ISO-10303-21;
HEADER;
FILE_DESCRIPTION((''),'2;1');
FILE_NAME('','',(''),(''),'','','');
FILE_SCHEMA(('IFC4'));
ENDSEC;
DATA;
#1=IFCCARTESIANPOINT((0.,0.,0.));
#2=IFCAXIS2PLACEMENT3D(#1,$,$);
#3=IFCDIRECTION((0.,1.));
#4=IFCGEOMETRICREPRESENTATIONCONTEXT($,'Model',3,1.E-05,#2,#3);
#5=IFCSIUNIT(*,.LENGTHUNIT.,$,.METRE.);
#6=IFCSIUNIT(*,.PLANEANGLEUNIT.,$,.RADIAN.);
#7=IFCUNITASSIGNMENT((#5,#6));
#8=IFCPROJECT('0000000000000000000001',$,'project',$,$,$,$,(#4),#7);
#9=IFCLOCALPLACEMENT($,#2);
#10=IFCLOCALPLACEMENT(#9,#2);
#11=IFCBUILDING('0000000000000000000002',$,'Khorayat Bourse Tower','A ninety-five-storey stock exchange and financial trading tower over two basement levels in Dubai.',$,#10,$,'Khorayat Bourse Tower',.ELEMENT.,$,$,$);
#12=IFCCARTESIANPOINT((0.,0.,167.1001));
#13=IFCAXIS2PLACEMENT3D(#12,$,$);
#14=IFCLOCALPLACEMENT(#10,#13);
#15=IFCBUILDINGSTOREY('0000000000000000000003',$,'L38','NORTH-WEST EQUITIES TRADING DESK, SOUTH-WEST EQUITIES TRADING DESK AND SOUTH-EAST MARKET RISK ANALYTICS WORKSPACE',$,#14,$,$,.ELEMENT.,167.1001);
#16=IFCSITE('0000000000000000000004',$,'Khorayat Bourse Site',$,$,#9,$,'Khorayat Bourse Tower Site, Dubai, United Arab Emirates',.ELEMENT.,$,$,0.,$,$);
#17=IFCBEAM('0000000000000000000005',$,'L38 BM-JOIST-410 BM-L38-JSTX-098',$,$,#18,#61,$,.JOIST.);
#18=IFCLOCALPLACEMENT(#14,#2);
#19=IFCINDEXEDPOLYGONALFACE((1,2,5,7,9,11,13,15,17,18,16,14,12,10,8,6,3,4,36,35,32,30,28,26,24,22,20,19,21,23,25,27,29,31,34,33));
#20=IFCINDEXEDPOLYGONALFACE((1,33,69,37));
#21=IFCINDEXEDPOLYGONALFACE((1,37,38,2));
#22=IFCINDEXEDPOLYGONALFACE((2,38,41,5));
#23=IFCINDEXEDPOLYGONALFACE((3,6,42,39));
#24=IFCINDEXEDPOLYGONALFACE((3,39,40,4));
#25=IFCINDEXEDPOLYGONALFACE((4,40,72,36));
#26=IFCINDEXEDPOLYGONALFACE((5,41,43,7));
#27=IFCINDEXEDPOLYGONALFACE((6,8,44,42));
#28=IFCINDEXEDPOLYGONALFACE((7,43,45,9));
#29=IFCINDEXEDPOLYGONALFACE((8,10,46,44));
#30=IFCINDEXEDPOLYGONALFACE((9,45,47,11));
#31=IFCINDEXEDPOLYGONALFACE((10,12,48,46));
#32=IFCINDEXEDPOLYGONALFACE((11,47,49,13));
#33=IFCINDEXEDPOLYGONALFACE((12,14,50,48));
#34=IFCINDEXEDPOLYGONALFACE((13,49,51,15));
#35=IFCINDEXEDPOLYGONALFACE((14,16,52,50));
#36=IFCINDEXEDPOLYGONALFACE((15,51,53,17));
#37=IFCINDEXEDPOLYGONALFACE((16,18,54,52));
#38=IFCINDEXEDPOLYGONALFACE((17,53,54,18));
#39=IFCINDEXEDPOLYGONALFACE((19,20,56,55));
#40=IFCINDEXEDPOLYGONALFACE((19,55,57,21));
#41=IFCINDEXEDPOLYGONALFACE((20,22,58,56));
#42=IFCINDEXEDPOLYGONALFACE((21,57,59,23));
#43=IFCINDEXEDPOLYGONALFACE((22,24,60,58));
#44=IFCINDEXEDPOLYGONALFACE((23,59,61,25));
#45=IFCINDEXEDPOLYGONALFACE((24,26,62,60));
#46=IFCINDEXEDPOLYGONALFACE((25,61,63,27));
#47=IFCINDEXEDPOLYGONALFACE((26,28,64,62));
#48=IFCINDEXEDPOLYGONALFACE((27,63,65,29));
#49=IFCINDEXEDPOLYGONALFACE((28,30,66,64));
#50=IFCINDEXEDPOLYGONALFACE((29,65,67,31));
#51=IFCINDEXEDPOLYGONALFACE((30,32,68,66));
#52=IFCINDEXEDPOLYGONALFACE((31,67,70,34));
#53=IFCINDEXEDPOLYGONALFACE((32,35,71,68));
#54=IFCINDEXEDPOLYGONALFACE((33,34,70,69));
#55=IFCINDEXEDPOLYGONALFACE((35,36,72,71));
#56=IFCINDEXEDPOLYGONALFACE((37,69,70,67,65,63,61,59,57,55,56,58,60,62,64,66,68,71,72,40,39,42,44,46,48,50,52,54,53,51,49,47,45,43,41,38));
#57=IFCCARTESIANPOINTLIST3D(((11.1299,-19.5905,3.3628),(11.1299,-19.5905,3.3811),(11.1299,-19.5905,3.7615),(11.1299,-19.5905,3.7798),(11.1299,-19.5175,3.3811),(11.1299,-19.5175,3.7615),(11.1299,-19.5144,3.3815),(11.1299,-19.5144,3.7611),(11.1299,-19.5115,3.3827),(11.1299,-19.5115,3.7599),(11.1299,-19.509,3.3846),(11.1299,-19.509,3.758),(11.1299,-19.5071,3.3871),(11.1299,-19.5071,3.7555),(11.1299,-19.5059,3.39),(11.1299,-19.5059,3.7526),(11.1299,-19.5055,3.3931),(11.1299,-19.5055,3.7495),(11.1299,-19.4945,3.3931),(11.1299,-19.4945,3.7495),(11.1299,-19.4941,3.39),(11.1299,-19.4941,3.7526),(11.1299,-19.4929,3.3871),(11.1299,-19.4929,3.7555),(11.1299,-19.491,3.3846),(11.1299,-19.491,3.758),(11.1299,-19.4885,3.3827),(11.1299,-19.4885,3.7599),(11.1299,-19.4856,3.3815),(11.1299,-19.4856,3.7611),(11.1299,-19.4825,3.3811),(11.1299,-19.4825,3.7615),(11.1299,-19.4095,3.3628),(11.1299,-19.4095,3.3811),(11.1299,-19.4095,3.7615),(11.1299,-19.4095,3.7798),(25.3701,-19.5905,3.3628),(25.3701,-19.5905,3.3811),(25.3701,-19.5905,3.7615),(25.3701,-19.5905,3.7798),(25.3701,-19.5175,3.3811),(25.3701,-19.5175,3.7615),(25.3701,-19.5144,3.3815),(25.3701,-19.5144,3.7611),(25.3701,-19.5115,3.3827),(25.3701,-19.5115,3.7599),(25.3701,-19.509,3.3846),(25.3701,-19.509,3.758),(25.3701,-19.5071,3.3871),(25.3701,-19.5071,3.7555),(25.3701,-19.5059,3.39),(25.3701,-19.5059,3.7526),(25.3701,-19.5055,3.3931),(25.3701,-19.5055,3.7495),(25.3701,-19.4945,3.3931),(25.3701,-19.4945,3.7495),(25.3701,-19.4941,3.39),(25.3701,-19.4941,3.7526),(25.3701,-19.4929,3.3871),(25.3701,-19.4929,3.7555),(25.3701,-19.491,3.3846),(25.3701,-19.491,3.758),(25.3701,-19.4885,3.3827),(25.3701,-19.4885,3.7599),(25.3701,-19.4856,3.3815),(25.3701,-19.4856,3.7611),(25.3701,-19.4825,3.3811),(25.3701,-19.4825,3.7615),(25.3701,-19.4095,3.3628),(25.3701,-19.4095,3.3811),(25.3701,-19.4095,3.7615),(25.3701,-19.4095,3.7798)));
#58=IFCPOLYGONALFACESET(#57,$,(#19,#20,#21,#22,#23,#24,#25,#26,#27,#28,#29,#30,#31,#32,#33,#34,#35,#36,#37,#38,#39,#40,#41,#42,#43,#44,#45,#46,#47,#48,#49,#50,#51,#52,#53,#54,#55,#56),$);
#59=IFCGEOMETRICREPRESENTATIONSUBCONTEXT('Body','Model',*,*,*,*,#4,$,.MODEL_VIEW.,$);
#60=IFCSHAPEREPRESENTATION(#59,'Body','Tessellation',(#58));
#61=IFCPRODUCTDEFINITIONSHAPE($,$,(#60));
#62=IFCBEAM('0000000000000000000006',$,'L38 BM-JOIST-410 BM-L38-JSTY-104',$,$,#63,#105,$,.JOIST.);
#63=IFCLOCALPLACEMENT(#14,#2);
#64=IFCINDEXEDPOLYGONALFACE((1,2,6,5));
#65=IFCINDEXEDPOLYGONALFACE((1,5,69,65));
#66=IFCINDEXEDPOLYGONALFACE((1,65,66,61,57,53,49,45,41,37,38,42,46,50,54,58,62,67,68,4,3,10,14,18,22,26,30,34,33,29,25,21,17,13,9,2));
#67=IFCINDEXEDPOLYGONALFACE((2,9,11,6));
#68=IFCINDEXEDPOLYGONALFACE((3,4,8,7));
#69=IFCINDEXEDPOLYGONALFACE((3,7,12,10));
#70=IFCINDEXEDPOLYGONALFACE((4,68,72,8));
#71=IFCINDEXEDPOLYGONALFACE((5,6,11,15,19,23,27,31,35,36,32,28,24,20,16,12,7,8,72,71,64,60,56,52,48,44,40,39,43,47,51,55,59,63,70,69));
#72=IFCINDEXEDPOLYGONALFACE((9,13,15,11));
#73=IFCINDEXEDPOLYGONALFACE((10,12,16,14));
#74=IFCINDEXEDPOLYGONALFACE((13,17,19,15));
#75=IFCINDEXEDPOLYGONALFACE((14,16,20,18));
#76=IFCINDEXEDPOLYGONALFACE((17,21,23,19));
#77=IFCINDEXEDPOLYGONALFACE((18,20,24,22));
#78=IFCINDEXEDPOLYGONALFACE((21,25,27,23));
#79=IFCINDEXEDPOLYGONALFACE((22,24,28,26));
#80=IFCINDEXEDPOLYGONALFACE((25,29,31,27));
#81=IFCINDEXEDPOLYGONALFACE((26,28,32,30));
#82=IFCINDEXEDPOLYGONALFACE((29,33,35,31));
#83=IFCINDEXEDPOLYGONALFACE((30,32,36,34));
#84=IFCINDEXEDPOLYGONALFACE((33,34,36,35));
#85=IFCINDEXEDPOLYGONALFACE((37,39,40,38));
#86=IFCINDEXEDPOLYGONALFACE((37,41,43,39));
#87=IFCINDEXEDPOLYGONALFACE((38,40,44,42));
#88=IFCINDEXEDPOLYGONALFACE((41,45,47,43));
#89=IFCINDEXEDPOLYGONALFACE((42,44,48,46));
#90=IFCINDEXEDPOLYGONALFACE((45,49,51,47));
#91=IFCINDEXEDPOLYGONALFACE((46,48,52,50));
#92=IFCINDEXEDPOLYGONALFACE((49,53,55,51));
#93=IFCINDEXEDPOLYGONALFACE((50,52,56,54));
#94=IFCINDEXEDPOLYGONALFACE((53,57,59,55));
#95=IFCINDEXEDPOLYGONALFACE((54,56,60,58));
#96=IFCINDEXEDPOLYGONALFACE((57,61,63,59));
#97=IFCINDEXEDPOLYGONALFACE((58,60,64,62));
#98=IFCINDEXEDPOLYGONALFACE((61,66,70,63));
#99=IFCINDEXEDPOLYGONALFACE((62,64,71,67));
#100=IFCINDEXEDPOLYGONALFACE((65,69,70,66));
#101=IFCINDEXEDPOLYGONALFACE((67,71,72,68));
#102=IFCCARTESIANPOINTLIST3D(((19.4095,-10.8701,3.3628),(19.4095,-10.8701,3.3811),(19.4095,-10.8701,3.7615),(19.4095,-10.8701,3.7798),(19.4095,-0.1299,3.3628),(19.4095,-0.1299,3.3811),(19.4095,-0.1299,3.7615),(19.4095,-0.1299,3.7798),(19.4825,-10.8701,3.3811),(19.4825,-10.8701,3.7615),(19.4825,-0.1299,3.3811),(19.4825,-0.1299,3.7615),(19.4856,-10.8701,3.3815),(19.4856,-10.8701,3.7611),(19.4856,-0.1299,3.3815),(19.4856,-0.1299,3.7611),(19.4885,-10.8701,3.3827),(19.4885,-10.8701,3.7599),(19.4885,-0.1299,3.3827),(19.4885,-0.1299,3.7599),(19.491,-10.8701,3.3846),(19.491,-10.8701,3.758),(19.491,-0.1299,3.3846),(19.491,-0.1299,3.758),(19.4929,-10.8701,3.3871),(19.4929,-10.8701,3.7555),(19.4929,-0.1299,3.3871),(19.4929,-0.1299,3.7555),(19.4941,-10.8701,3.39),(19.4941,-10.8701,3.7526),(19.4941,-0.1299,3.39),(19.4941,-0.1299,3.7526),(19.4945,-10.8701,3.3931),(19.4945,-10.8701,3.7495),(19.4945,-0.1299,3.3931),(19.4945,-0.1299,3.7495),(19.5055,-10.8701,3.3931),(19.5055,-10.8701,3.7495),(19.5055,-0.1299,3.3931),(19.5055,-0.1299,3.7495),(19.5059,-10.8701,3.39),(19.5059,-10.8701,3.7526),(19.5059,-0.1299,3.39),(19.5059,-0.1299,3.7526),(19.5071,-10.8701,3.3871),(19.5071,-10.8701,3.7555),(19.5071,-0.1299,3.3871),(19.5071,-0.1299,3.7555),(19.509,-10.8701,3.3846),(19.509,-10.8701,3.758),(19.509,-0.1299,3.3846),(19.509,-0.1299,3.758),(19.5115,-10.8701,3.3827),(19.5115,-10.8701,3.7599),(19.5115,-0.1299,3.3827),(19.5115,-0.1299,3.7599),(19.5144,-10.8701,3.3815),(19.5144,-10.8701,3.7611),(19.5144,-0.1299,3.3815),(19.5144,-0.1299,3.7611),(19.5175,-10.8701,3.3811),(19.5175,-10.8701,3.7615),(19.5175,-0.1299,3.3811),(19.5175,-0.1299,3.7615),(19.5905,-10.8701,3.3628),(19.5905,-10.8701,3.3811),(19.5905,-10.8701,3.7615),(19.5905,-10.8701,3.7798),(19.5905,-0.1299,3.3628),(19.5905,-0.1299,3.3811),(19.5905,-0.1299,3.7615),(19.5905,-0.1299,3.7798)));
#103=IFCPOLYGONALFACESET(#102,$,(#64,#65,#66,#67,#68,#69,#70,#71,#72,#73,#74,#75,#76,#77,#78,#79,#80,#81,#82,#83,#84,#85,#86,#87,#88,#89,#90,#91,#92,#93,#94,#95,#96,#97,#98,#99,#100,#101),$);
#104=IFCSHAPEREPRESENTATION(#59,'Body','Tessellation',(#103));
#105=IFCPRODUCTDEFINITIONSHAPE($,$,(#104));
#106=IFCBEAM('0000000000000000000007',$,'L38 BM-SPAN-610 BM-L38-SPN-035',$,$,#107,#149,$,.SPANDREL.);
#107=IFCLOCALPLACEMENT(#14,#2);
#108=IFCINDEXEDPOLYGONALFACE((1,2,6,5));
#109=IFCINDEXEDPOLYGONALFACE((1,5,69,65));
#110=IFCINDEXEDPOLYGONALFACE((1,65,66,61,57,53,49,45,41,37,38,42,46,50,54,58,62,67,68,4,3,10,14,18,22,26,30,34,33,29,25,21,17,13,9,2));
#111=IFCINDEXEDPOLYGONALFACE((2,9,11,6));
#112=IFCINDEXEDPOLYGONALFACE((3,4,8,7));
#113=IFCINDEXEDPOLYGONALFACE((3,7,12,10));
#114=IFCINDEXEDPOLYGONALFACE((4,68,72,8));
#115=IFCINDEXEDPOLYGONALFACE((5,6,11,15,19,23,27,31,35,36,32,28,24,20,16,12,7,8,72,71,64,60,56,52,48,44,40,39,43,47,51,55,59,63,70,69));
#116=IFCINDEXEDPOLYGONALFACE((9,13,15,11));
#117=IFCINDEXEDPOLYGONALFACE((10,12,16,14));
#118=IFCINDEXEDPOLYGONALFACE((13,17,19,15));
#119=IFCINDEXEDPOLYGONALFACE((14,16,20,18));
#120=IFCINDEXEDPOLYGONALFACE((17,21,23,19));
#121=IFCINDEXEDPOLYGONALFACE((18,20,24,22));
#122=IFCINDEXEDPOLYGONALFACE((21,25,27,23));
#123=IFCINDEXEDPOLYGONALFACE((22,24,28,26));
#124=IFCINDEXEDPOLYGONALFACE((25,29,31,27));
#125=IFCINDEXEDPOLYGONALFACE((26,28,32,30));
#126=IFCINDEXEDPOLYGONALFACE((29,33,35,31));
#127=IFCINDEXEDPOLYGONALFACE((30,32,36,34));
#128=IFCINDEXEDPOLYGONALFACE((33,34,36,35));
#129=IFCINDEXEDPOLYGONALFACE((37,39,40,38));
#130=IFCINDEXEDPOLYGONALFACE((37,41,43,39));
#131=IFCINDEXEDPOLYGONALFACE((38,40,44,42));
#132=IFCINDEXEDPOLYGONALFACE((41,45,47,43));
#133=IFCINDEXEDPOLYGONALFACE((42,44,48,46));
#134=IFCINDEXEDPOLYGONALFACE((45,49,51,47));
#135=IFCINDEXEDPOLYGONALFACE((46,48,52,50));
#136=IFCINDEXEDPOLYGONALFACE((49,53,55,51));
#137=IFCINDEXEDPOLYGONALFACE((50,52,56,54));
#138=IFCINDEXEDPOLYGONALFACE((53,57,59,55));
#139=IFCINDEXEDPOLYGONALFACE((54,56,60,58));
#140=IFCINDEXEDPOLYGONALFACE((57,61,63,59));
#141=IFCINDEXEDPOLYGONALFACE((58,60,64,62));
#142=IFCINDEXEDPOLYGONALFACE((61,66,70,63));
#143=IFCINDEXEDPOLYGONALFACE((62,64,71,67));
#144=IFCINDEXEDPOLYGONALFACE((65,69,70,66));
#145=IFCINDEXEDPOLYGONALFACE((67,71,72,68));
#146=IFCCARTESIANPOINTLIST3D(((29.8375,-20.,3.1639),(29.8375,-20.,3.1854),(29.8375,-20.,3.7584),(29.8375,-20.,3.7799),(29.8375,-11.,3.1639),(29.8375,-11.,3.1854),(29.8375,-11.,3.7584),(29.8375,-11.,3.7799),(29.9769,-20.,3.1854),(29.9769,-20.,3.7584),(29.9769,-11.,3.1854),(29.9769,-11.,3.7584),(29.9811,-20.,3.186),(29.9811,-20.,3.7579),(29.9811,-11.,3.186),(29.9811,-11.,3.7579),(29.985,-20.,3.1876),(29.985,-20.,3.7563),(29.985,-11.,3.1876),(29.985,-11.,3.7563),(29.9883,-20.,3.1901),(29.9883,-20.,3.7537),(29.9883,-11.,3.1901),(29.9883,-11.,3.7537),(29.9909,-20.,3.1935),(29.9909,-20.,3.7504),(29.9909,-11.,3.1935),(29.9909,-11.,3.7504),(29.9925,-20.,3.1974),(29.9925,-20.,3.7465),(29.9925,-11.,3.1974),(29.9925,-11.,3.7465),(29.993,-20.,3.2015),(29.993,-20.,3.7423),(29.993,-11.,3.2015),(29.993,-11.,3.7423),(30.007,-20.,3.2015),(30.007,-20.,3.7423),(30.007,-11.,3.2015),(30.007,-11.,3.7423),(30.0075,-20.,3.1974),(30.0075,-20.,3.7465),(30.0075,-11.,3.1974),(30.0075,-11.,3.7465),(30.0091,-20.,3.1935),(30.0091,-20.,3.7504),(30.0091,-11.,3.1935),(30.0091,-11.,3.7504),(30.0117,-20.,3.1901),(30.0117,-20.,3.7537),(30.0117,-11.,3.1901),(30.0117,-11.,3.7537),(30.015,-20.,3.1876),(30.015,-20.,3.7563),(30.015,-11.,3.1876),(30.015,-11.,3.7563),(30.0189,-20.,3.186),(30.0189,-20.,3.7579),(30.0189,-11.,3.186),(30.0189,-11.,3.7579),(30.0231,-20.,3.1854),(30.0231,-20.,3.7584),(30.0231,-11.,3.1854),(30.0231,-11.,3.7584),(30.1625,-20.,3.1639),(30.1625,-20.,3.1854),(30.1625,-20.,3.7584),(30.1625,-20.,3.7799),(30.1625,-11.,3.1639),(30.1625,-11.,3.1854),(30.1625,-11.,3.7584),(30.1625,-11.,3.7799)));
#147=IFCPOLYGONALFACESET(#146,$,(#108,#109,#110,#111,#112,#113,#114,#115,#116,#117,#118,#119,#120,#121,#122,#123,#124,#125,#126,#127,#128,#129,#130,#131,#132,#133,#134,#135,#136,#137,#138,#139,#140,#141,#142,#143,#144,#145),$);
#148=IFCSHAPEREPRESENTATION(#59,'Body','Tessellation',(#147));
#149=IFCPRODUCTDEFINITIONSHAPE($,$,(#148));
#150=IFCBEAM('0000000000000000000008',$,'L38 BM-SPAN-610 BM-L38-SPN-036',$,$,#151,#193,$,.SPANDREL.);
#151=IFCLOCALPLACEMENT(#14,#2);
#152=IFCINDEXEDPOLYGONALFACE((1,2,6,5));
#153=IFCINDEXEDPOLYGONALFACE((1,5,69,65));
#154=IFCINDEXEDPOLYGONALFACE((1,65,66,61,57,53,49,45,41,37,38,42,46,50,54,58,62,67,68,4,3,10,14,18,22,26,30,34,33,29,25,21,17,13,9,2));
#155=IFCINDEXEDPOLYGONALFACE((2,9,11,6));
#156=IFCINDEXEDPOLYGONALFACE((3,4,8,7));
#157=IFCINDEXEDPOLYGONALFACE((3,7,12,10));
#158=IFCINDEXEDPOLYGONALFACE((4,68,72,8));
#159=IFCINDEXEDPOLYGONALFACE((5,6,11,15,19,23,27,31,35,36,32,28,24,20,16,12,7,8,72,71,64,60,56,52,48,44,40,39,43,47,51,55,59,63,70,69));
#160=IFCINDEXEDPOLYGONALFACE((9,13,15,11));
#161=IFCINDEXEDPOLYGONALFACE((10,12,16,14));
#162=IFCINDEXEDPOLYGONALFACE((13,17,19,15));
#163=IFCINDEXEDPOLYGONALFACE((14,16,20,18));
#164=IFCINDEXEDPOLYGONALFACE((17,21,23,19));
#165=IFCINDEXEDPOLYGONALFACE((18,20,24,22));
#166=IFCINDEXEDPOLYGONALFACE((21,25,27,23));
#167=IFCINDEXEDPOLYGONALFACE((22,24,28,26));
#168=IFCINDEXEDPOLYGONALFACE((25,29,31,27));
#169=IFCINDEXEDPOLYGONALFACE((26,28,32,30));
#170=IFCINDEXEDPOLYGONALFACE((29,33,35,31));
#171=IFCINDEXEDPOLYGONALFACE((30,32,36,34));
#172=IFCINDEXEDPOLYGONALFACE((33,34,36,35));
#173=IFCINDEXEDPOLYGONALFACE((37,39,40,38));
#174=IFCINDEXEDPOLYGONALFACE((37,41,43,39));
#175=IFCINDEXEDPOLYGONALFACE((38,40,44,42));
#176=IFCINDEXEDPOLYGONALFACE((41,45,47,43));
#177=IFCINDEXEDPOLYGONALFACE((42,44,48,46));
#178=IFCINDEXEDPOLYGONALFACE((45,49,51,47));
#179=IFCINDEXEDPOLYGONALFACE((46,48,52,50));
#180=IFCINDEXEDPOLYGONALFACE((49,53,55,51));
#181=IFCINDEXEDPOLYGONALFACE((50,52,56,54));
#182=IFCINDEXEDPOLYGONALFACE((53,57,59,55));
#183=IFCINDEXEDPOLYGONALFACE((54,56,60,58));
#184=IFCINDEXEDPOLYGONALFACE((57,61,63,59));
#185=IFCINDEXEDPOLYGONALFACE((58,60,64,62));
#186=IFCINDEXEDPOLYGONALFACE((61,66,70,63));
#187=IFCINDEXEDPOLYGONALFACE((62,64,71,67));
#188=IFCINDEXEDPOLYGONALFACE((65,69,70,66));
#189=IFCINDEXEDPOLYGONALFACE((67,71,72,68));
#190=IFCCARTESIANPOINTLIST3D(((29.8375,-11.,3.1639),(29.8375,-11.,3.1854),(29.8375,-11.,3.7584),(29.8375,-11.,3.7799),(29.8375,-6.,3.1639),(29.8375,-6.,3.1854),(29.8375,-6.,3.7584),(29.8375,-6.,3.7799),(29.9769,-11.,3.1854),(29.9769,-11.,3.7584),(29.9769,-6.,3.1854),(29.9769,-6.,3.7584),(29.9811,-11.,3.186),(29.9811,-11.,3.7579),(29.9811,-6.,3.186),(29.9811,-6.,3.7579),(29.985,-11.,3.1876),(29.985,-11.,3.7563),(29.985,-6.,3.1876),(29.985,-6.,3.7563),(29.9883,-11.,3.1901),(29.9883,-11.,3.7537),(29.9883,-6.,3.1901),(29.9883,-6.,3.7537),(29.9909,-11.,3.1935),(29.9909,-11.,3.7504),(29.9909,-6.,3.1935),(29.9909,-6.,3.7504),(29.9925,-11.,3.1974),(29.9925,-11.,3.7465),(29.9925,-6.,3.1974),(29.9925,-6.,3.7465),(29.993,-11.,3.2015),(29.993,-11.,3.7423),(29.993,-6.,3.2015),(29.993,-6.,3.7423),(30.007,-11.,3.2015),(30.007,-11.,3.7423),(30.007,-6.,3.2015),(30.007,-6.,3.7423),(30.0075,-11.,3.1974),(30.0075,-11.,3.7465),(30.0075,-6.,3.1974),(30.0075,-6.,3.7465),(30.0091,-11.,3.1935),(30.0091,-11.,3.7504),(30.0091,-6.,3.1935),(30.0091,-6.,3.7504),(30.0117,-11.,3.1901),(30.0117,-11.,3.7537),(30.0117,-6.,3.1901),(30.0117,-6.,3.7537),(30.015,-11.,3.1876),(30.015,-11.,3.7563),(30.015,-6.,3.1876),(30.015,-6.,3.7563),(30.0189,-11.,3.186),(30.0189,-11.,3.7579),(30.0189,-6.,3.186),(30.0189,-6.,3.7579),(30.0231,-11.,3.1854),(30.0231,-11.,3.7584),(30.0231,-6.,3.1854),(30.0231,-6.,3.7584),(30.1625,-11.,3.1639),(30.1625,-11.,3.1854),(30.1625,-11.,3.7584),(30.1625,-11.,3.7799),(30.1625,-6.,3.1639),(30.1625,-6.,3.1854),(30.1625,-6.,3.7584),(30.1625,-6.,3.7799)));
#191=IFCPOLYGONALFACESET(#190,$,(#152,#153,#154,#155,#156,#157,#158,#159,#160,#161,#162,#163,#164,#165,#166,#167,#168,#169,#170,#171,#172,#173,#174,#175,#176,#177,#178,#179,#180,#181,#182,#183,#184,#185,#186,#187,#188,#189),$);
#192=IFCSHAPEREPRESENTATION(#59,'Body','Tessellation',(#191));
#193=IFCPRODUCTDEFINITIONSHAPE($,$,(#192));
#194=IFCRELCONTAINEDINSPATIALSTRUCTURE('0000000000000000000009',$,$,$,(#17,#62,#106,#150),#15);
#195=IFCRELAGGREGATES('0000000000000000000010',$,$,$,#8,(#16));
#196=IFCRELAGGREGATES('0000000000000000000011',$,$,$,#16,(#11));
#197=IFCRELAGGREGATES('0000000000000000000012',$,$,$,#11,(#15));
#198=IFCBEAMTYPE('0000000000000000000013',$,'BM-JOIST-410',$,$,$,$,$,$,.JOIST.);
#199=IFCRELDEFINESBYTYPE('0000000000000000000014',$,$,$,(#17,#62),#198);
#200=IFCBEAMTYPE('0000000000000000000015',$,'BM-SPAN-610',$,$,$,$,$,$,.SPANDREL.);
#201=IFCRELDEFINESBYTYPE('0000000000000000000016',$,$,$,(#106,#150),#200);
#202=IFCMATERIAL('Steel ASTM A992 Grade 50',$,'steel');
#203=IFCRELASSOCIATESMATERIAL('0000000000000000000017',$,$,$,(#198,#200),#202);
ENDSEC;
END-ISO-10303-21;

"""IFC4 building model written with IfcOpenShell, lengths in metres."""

from ifc_helpers import new_model, si_unit, direction, frame, origin, origin_2d, place, context, subcontext, project, spatial, i_section, extrude, source, transform, mapped, material, material_profile, profile_set, type_object, element, save


model = new_model("IFC4")

# Units and contexts
model_context = context("Model", 3, precision=1e-05, world=origin(), true_north=direction((0.0, 1.0)))
body_context = subcontext(model_context, "Body", "Model", "MODEL_VIEW")
ifc_project = project(units=[si_unit("LENGTHUNIT", "METRE"), si_unit("PLANEANGLEUNIT", "RADIAN")], contexts=[model_context])

# Site, building, storey
site_placement = place(None, origin())
site = spatial("IfcSite", under=ifc_project, at=site_placement, Name="Khorayat Bourse Site", LongName="Khorayat Bourse Tower Site, Dubai, United Arab Emirates", CompositionType="ELEMENT", RefElevation=0.0)
building_placement = place(site_placement, origin())
building = spatial("IfcBuilding", under=site, at=building_placement, Name="Khorayat Bourse Tower", Description="A ninety-five-storey stock exchange and financial trading tower over two basement levels in Dubai.", LongName="Khorayat Bourse Tower", CompositionType="ELEMENT")
storey_placement = place(building_placement, frame((0.0, 0.0, 167.1001)))
storey = spatial("IfcBuildingStorey", under=building, at=storey_placement, Name="L38", Description="NORTH-WEST EQUITIES TRADING DESK, SOUTH-WEST EQUITIES TRADING DESK AND SOUTH-EAST MARKET RISK ANALYTICS WORKSPACE", CompositionType="ELEMENT", Elevation=167.1001)

# Beams
ifc_material_1 = material(Name="Steel ASTM A992 Grade 50", Category="steel")
ifc_material_profile_1 = material_profile(ifc_material_1, i_section(OverallWidth=0.1809, OverallDepth=0.417, WebThickness=0.011, FlangeThickness=0.0183, FilletRadius=0.012, at=origin_2d()), Name="W410X85")
ifc_profile_set_1 = profile_set([ifc_material_profile_1], Name="Steel ASTM A992 Grade 50")
beam_type_1 = type_object("IfcBeamType", Name="BM-JOIST-410", PredefinedType="JOIST", material=ifc_profile_set_1)
shared_shape_1 = source(origin(), body_context, "Body", "SweptSolid", [
    extrude(i_section(OverallWidth=0.1809, OverallDepth=0.417, WebThickness=0.011, FlangeThickness=0.0183, FilletRadius=0.012, at=origin_2d()), origin(), (0.0, 0.0, 1.0), 14.2402),
])
beam_1_placement = place(storey_placement, frame((11.1299, -19.5, 3.5713), z_axis=(1.0, 0.0, 0.0), x_axis=(0.0, 1.0, 0.0)))
element("IfcBeam", 1, at=beam_1_placement, inside=storey, type_object=beam_type_1, Name="L38 BM-JOIST-410 BM-L38-JSTX-098", PredefinedType="JOIST", context=body_context, shape_type="MappedRepresentation", body=[
    mapped(shared_shape_1, transform((0.0, 0.0, 0.0), scale=1.0)),
])
shared_shape_2 = source(origin(), body_context, "Body", "SweptSolid", [
    extrude(i_section(OverallWidth=0.1809, OverallDepth=0.417, WebThickness=0.011, FlangeThickness=0.0183, FilletRadius=0.012, at=origin_2d()), origin(), (0.0, 0.0, 1.0), 10.7402),
])
beam_2_placement = place(storey_placement, frame((19.5, -10.8701, 3.5713), z_axis=(0.0, 1.0, 0.0), x_axis=(-1.0, 0.0, 0.0)))
element("IfcBeam", 2, at=beam_2_placement, inside=storey, type_object=beam_type_1, Name="L38 BM-JOIST-410 BM-L38-JSTY-104", PredefinedType="JOIST", context=body_context, shape_type="MappedRepresentation", body=[
    mapped(shared_shape_2, transform((0.0, 0.0, 0.0), scale=1.0)),
])
ifc_material_profile_2 = material_profile(ifc_material_1, i_section(OverallWidth=0.325, OverallDepth=0.616, WebThickness=0.0139, FlangeThickness=0.0215, FilletRadius=0.0161, at=origin_2d()), Name="W610X174")
ifc_profile_set_2 = profile_set([ifc_material_profile_2], Name="Steel ASTM A992 Grade 50")
beam_type_2 = type_object("IfcBeamType", Name="BM-SPAN-610", PredefinedType="SPANDREL", material=ifc_profile_set_2)
shared_shape_3 = source(origin(), body_context, "Body", "SweptSolid", [
    extrude(i_section(OverallWidth=0.325, OverallDepth=0.616, WebThickness=0.0139, FlangeThickness=0.0215, FilletRadius=0.0161, at=origin_2d()), origin(), (0.0, 0.0, 1.0), 9.0),
])
beam_3_placement = place(storey_placement, frame((30.0, -20.0, 3.4719), z_axis=(0.0, 1.0, 0.0), x_axis=(-1.0, 0.0, 0.0)))
element("IfcBeam", 3, at=beam_3_placement, inside=storey, type_object=beam_type_2, Name="L38 BM-SPAN-610 BM-L38-SPN-035", PredefinedType="SPANDREL", context=body_context, shape_type="MappedRepresentation", body=[
    mapped(shared_shape_3, transform((0.0, 0.0, 0.0), scale=1.0)),
])
shared_shape_4 = source(origin(), body_context, "Body", "SweptSolid", [
    extrude(i_section(OverallWidth=0.325, OverallDepth=0.616, WebThickness=0.0139, FlangeThickness=0.0215, FilletRadius=0.0161, at=origin_2d()), origin(), (0.0, 0.0, 1.0), 5.0),
])
beam_4_placement = place(storey_placement, frame((30.0, -11.0, 3.4719), z_axis=(0.0, 1.0, 0.0), x_axis=(-1.0, 0.0, 0.0)))
element("IfcBeam", 4, at=beam_4_placement, inside=storey, type_object=beam_type_2, Name="L38 BM-SPAN-610 BM-L38-SPN-036", PredefinedType="SPANDREL", context=body_context, shape_type="MappedRepresentation", body=[
    mapped(shared_shape_4, transform((0.0, 0.0, 0.0), scale=1.0)),
])

save(model, "model.ifc")
